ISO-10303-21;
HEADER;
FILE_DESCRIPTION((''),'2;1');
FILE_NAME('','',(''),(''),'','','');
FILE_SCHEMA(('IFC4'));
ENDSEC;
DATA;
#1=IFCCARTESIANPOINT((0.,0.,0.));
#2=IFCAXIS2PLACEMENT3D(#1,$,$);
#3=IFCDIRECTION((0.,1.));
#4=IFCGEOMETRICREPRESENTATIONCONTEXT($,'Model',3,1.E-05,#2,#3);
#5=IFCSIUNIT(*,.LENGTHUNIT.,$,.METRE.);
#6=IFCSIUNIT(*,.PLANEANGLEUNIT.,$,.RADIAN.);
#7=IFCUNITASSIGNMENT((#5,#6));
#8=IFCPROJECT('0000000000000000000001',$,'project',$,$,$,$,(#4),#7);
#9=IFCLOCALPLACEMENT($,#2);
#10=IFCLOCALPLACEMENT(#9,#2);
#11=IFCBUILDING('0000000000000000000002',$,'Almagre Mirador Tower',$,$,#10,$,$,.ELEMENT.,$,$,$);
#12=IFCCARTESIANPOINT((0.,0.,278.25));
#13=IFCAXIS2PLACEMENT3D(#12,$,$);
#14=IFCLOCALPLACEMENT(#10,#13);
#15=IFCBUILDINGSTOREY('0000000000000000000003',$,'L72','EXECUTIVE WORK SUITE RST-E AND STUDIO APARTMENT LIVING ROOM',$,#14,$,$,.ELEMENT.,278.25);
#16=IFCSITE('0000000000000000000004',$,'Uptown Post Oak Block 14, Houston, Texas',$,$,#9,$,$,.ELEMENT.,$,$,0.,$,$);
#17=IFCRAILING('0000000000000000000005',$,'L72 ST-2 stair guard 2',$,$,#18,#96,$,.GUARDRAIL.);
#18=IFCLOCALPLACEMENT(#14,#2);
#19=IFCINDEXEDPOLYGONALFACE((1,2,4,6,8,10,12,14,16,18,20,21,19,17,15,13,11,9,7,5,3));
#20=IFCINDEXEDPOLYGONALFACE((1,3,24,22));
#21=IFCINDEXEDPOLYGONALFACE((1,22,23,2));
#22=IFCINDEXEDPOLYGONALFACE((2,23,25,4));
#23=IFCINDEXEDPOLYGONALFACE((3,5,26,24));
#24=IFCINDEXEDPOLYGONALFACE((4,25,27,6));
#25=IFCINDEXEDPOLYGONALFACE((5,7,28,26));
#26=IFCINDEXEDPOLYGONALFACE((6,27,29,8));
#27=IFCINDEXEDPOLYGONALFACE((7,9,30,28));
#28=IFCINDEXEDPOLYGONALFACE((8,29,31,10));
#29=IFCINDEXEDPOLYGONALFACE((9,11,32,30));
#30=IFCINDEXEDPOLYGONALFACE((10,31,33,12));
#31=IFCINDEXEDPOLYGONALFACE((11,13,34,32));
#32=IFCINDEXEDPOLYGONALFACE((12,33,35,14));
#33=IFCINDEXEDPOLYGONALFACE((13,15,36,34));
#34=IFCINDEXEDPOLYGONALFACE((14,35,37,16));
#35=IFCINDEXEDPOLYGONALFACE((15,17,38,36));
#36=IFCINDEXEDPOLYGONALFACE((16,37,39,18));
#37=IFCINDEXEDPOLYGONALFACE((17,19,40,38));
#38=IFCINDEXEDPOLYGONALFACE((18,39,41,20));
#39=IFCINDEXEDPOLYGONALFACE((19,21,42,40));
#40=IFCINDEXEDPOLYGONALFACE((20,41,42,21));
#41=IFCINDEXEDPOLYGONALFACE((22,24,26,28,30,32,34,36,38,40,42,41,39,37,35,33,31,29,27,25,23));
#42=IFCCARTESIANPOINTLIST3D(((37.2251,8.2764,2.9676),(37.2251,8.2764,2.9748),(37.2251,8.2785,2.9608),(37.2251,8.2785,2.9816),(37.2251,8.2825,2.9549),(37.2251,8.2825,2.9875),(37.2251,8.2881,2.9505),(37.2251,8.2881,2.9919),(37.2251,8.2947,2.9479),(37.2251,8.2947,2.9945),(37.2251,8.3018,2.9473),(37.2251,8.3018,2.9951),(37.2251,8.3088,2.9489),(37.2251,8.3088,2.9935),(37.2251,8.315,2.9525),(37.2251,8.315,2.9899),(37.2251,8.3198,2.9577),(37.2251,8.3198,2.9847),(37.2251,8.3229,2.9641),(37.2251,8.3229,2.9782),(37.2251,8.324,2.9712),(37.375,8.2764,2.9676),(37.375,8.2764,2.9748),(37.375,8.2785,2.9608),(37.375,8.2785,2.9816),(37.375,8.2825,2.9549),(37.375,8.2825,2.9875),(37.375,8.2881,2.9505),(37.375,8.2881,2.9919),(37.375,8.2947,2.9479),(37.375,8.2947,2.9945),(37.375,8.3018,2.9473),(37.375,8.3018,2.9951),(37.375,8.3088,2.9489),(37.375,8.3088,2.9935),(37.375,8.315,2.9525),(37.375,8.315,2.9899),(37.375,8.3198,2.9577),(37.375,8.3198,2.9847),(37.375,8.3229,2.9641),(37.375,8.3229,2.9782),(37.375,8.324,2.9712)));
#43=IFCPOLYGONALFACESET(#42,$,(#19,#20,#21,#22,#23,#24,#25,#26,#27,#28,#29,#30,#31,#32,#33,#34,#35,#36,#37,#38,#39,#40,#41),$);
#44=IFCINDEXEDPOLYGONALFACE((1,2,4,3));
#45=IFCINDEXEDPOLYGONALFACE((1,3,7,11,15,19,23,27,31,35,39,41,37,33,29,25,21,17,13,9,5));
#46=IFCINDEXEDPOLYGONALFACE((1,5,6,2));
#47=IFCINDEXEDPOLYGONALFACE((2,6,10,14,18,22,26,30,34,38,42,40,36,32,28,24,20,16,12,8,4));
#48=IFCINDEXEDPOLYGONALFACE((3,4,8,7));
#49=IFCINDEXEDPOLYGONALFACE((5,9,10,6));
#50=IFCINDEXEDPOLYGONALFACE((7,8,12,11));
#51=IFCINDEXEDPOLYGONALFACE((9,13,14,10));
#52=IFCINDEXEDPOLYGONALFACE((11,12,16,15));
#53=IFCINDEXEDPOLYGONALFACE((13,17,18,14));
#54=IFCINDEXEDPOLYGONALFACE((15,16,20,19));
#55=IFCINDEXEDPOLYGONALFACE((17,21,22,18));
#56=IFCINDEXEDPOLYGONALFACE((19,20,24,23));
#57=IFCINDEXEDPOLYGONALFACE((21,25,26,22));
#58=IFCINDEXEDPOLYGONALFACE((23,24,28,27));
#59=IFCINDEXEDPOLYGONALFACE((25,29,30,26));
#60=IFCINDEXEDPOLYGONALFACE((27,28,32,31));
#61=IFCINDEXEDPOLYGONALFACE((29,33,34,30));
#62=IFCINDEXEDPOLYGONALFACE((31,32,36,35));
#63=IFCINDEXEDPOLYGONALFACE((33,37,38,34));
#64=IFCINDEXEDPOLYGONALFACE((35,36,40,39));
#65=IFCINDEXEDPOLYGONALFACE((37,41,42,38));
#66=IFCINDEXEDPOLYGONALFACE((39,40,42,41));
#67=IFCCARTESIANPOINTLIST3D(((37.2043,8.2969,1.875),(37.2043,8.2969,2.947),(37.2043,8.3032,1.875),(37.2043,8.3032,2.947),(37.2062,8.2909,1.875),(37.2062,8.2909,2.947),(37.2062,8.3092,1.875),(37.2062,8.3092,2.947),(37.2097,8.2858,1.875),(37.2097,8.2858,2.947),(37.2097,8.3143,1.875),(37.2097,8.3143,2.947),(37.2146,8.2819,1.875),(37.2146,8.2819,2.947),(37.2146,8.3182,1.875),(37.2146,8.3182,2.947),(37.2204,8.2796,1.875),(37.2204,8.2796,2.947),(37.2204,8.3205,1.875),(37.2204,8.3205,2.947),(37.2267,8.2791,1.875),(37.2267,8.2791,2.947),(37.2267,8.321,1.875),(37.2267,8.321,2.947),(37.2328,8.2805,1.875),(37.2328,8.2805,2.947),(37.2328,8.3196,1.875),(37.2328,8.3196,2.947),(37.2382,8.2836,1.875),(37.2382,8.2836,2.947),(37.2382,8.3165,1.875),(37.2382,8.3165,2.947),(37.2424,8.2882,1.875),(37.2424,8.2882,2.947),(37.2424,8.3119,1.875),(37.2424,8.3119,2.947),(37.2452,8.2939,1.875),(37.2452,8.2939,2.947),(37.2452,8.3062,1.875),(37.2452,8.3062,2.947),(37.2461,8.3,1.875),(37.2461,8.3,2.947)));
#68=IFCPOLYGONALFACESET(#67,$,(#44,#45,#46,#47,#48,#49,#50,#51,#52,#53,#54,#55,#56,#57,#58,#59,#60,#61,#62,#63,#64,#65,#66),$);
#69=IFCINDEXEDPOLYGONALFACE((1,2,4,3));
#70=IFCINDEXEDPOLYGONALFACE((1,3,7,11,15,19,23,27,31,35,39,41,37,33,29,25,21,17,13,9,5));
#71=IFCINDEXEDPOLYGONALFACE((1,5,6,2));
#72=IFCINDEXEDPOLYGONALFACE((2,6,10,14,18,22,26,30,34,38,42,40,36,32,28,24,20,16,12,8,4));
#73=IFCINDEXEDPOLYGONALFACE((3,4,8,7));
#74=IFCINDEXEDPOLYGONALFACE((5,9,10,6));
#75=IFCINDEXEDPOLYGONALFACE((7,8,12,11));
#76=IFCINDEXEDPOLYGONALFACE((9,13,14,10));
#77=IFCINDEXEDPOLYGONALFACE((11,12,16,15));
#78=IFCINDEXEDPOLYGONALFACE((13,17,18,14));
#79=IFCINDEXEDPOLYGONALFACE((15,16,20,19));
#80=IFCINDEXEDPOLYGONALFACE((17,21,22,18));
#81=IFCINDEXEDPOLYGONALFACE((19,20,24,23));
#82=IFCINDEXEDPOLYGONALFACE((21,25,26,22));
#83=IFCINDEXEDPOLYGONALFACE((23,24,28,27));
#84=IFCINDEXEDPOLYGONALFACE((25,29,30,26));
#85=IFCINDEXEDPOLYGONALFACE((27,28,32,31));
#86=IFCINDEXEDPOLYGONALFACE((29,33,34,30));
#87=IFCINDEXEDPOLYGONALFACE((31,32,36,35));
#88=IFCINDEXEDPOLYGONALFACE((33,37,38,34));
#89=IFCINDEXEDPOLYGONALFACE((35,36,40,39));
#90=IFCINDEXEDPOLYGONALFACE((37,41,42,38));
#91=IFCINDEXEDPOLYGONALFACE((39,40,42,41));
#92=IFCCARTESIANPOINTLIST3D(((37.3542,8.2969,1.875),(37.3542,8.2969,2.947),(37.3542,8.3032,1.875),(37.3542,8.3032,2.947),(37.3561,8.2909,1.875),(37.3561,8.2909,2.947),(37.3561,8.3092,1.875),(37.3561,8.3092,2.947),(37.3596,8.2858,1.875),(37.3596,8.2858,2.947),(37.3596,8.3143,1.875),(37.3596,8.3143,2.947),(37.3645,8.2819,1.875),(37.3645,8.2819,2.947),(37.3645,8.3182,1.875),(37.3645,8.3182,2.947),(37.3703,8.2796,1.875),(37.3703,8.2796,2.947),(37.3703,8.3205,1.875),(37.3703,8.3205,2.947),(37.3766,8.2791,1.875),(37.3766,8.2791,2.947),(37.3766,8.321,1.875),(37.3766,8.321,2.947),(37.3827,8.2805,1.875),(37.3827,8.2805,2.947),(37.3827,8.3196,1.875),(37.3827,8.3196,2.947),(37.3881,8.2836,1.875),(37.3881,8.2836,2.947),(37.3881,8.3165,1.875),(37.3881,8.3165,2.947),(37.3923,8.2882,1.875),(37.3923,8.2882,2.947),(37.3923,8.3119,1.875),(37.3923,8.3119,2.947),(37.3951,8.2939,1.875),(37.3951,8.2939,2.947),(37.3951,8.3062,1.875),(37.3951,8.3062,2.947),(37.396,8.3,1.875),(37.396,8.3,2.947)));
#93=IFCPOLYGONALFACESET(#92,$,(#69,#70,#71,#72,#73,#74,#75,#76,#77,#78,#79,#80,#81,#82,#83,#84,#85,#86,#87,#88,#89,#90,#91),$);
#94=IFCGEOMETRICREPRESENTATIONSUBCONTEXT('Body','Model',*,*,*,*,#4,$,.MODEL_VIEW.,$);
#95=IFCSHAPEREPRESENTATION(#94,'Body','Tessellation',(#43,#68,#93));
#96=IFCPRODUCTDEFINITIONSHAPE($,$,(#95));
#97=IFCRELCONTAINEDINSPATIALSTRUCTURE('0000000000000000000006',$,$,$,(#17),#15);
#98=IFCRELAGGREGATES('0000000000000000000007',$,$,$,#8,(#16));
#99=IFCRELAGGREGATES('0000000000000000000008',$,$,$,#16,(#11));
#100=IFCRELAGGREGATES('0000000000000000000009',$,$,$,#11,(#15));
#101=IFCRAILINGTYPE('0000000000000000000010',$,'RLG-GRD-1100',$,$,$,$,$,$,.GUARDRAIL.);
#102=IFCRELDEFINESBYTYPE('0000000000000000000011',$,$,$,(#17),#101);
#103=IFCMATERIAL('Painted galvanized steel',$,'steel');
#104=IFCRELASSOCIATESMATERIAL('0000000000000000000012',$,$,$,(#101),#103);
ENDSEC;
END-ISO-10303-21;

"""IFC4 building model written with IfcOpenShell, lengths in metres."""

from ifc_helpers import new_model, si_unit, direction, frame, origin, origin_2d, place, context, subcontext, project, spatial, circle, extrude, material, type_object, element, save


model = new_model("IFC4")

# Units and contexts
model_context = context("Model", 3, precision=1e-05, world=origin(), true_north=direction((0.0, 1.0)))
body_context = subcontext(model_context, "Body", "Model", "MODEL_VIEW")
ifc_project = project(units=[si_unit("LENGTHUNIT", "METRE"), si_unit("PLANEANGLEUNIT", "RADIAN")], contexts=[model_context])

# Site, building, storey
site_placement = place(None, origin())
site = spatial("IfcSite", under=ifc_project, at=site_placement, Name="Uptown Post Oak Block 14, Houston, Texas", CompositionType="ELEMENT", RefElevation=0.0)
building_placement = place(site_placement, origin())
building = spatial("IfcBuilding", under=site, at=building_placement, Name="Almagre Mirador Tower", CompositionType="ELEMENT")
storey_placement = place(building_placement, frame((0.0, 0.0, 278.25)))
storey = spatial("IfcBuildingStorey", under=building, at=storey_placement, Name="L72", Description="EXECUTIVE WORK SUITE RST-E AND STUDIO APARTMENT LIVING ROOM", CompositionType="ELEMENT", Elevation=278.25)

# Railing
ifc_material_1 = material(Name="Painted galvanized steel", Category="steel")
railing_type_1 = type_object("IfcRailingType", Name="RLG-GRD-1100", PredefinedType="GUARDRAIL", material=ifc_material_1)
railing_1_placement = place(storey_placement, frame((37.2251, 8.3, 1.875)))
element("IfcRailing", 1, at=railing_1_placement, inside=storey, type_object=railing_type_1, Name="L72 ST-2 stair guard 2", PredefinedType="GUARDRAIL", context=body_context, shape_type="SweptSolid", body=[
    extrude(circle(Radius=0.0239, at=origin_2d()), frame((0.0, 0.0, 1.0962), z_axis=(1.0, 0.0, 0.0), x_axis=(0.0, 1.0, 0.0)), (0.0, 0.0, 1.0), 0.1499),
    extrude(circle(Radius=0.021, at=origin_2d()), origin(), (0.0, 0.0, 1.0), 1.072),
    extrude(circle(Radius=0.021, at=origin_2d()), frame((0.1499, 0.0, 0.0)), (0.0, 0.0, 1.0), 1.072),
])

save(model, "model.ifc")
